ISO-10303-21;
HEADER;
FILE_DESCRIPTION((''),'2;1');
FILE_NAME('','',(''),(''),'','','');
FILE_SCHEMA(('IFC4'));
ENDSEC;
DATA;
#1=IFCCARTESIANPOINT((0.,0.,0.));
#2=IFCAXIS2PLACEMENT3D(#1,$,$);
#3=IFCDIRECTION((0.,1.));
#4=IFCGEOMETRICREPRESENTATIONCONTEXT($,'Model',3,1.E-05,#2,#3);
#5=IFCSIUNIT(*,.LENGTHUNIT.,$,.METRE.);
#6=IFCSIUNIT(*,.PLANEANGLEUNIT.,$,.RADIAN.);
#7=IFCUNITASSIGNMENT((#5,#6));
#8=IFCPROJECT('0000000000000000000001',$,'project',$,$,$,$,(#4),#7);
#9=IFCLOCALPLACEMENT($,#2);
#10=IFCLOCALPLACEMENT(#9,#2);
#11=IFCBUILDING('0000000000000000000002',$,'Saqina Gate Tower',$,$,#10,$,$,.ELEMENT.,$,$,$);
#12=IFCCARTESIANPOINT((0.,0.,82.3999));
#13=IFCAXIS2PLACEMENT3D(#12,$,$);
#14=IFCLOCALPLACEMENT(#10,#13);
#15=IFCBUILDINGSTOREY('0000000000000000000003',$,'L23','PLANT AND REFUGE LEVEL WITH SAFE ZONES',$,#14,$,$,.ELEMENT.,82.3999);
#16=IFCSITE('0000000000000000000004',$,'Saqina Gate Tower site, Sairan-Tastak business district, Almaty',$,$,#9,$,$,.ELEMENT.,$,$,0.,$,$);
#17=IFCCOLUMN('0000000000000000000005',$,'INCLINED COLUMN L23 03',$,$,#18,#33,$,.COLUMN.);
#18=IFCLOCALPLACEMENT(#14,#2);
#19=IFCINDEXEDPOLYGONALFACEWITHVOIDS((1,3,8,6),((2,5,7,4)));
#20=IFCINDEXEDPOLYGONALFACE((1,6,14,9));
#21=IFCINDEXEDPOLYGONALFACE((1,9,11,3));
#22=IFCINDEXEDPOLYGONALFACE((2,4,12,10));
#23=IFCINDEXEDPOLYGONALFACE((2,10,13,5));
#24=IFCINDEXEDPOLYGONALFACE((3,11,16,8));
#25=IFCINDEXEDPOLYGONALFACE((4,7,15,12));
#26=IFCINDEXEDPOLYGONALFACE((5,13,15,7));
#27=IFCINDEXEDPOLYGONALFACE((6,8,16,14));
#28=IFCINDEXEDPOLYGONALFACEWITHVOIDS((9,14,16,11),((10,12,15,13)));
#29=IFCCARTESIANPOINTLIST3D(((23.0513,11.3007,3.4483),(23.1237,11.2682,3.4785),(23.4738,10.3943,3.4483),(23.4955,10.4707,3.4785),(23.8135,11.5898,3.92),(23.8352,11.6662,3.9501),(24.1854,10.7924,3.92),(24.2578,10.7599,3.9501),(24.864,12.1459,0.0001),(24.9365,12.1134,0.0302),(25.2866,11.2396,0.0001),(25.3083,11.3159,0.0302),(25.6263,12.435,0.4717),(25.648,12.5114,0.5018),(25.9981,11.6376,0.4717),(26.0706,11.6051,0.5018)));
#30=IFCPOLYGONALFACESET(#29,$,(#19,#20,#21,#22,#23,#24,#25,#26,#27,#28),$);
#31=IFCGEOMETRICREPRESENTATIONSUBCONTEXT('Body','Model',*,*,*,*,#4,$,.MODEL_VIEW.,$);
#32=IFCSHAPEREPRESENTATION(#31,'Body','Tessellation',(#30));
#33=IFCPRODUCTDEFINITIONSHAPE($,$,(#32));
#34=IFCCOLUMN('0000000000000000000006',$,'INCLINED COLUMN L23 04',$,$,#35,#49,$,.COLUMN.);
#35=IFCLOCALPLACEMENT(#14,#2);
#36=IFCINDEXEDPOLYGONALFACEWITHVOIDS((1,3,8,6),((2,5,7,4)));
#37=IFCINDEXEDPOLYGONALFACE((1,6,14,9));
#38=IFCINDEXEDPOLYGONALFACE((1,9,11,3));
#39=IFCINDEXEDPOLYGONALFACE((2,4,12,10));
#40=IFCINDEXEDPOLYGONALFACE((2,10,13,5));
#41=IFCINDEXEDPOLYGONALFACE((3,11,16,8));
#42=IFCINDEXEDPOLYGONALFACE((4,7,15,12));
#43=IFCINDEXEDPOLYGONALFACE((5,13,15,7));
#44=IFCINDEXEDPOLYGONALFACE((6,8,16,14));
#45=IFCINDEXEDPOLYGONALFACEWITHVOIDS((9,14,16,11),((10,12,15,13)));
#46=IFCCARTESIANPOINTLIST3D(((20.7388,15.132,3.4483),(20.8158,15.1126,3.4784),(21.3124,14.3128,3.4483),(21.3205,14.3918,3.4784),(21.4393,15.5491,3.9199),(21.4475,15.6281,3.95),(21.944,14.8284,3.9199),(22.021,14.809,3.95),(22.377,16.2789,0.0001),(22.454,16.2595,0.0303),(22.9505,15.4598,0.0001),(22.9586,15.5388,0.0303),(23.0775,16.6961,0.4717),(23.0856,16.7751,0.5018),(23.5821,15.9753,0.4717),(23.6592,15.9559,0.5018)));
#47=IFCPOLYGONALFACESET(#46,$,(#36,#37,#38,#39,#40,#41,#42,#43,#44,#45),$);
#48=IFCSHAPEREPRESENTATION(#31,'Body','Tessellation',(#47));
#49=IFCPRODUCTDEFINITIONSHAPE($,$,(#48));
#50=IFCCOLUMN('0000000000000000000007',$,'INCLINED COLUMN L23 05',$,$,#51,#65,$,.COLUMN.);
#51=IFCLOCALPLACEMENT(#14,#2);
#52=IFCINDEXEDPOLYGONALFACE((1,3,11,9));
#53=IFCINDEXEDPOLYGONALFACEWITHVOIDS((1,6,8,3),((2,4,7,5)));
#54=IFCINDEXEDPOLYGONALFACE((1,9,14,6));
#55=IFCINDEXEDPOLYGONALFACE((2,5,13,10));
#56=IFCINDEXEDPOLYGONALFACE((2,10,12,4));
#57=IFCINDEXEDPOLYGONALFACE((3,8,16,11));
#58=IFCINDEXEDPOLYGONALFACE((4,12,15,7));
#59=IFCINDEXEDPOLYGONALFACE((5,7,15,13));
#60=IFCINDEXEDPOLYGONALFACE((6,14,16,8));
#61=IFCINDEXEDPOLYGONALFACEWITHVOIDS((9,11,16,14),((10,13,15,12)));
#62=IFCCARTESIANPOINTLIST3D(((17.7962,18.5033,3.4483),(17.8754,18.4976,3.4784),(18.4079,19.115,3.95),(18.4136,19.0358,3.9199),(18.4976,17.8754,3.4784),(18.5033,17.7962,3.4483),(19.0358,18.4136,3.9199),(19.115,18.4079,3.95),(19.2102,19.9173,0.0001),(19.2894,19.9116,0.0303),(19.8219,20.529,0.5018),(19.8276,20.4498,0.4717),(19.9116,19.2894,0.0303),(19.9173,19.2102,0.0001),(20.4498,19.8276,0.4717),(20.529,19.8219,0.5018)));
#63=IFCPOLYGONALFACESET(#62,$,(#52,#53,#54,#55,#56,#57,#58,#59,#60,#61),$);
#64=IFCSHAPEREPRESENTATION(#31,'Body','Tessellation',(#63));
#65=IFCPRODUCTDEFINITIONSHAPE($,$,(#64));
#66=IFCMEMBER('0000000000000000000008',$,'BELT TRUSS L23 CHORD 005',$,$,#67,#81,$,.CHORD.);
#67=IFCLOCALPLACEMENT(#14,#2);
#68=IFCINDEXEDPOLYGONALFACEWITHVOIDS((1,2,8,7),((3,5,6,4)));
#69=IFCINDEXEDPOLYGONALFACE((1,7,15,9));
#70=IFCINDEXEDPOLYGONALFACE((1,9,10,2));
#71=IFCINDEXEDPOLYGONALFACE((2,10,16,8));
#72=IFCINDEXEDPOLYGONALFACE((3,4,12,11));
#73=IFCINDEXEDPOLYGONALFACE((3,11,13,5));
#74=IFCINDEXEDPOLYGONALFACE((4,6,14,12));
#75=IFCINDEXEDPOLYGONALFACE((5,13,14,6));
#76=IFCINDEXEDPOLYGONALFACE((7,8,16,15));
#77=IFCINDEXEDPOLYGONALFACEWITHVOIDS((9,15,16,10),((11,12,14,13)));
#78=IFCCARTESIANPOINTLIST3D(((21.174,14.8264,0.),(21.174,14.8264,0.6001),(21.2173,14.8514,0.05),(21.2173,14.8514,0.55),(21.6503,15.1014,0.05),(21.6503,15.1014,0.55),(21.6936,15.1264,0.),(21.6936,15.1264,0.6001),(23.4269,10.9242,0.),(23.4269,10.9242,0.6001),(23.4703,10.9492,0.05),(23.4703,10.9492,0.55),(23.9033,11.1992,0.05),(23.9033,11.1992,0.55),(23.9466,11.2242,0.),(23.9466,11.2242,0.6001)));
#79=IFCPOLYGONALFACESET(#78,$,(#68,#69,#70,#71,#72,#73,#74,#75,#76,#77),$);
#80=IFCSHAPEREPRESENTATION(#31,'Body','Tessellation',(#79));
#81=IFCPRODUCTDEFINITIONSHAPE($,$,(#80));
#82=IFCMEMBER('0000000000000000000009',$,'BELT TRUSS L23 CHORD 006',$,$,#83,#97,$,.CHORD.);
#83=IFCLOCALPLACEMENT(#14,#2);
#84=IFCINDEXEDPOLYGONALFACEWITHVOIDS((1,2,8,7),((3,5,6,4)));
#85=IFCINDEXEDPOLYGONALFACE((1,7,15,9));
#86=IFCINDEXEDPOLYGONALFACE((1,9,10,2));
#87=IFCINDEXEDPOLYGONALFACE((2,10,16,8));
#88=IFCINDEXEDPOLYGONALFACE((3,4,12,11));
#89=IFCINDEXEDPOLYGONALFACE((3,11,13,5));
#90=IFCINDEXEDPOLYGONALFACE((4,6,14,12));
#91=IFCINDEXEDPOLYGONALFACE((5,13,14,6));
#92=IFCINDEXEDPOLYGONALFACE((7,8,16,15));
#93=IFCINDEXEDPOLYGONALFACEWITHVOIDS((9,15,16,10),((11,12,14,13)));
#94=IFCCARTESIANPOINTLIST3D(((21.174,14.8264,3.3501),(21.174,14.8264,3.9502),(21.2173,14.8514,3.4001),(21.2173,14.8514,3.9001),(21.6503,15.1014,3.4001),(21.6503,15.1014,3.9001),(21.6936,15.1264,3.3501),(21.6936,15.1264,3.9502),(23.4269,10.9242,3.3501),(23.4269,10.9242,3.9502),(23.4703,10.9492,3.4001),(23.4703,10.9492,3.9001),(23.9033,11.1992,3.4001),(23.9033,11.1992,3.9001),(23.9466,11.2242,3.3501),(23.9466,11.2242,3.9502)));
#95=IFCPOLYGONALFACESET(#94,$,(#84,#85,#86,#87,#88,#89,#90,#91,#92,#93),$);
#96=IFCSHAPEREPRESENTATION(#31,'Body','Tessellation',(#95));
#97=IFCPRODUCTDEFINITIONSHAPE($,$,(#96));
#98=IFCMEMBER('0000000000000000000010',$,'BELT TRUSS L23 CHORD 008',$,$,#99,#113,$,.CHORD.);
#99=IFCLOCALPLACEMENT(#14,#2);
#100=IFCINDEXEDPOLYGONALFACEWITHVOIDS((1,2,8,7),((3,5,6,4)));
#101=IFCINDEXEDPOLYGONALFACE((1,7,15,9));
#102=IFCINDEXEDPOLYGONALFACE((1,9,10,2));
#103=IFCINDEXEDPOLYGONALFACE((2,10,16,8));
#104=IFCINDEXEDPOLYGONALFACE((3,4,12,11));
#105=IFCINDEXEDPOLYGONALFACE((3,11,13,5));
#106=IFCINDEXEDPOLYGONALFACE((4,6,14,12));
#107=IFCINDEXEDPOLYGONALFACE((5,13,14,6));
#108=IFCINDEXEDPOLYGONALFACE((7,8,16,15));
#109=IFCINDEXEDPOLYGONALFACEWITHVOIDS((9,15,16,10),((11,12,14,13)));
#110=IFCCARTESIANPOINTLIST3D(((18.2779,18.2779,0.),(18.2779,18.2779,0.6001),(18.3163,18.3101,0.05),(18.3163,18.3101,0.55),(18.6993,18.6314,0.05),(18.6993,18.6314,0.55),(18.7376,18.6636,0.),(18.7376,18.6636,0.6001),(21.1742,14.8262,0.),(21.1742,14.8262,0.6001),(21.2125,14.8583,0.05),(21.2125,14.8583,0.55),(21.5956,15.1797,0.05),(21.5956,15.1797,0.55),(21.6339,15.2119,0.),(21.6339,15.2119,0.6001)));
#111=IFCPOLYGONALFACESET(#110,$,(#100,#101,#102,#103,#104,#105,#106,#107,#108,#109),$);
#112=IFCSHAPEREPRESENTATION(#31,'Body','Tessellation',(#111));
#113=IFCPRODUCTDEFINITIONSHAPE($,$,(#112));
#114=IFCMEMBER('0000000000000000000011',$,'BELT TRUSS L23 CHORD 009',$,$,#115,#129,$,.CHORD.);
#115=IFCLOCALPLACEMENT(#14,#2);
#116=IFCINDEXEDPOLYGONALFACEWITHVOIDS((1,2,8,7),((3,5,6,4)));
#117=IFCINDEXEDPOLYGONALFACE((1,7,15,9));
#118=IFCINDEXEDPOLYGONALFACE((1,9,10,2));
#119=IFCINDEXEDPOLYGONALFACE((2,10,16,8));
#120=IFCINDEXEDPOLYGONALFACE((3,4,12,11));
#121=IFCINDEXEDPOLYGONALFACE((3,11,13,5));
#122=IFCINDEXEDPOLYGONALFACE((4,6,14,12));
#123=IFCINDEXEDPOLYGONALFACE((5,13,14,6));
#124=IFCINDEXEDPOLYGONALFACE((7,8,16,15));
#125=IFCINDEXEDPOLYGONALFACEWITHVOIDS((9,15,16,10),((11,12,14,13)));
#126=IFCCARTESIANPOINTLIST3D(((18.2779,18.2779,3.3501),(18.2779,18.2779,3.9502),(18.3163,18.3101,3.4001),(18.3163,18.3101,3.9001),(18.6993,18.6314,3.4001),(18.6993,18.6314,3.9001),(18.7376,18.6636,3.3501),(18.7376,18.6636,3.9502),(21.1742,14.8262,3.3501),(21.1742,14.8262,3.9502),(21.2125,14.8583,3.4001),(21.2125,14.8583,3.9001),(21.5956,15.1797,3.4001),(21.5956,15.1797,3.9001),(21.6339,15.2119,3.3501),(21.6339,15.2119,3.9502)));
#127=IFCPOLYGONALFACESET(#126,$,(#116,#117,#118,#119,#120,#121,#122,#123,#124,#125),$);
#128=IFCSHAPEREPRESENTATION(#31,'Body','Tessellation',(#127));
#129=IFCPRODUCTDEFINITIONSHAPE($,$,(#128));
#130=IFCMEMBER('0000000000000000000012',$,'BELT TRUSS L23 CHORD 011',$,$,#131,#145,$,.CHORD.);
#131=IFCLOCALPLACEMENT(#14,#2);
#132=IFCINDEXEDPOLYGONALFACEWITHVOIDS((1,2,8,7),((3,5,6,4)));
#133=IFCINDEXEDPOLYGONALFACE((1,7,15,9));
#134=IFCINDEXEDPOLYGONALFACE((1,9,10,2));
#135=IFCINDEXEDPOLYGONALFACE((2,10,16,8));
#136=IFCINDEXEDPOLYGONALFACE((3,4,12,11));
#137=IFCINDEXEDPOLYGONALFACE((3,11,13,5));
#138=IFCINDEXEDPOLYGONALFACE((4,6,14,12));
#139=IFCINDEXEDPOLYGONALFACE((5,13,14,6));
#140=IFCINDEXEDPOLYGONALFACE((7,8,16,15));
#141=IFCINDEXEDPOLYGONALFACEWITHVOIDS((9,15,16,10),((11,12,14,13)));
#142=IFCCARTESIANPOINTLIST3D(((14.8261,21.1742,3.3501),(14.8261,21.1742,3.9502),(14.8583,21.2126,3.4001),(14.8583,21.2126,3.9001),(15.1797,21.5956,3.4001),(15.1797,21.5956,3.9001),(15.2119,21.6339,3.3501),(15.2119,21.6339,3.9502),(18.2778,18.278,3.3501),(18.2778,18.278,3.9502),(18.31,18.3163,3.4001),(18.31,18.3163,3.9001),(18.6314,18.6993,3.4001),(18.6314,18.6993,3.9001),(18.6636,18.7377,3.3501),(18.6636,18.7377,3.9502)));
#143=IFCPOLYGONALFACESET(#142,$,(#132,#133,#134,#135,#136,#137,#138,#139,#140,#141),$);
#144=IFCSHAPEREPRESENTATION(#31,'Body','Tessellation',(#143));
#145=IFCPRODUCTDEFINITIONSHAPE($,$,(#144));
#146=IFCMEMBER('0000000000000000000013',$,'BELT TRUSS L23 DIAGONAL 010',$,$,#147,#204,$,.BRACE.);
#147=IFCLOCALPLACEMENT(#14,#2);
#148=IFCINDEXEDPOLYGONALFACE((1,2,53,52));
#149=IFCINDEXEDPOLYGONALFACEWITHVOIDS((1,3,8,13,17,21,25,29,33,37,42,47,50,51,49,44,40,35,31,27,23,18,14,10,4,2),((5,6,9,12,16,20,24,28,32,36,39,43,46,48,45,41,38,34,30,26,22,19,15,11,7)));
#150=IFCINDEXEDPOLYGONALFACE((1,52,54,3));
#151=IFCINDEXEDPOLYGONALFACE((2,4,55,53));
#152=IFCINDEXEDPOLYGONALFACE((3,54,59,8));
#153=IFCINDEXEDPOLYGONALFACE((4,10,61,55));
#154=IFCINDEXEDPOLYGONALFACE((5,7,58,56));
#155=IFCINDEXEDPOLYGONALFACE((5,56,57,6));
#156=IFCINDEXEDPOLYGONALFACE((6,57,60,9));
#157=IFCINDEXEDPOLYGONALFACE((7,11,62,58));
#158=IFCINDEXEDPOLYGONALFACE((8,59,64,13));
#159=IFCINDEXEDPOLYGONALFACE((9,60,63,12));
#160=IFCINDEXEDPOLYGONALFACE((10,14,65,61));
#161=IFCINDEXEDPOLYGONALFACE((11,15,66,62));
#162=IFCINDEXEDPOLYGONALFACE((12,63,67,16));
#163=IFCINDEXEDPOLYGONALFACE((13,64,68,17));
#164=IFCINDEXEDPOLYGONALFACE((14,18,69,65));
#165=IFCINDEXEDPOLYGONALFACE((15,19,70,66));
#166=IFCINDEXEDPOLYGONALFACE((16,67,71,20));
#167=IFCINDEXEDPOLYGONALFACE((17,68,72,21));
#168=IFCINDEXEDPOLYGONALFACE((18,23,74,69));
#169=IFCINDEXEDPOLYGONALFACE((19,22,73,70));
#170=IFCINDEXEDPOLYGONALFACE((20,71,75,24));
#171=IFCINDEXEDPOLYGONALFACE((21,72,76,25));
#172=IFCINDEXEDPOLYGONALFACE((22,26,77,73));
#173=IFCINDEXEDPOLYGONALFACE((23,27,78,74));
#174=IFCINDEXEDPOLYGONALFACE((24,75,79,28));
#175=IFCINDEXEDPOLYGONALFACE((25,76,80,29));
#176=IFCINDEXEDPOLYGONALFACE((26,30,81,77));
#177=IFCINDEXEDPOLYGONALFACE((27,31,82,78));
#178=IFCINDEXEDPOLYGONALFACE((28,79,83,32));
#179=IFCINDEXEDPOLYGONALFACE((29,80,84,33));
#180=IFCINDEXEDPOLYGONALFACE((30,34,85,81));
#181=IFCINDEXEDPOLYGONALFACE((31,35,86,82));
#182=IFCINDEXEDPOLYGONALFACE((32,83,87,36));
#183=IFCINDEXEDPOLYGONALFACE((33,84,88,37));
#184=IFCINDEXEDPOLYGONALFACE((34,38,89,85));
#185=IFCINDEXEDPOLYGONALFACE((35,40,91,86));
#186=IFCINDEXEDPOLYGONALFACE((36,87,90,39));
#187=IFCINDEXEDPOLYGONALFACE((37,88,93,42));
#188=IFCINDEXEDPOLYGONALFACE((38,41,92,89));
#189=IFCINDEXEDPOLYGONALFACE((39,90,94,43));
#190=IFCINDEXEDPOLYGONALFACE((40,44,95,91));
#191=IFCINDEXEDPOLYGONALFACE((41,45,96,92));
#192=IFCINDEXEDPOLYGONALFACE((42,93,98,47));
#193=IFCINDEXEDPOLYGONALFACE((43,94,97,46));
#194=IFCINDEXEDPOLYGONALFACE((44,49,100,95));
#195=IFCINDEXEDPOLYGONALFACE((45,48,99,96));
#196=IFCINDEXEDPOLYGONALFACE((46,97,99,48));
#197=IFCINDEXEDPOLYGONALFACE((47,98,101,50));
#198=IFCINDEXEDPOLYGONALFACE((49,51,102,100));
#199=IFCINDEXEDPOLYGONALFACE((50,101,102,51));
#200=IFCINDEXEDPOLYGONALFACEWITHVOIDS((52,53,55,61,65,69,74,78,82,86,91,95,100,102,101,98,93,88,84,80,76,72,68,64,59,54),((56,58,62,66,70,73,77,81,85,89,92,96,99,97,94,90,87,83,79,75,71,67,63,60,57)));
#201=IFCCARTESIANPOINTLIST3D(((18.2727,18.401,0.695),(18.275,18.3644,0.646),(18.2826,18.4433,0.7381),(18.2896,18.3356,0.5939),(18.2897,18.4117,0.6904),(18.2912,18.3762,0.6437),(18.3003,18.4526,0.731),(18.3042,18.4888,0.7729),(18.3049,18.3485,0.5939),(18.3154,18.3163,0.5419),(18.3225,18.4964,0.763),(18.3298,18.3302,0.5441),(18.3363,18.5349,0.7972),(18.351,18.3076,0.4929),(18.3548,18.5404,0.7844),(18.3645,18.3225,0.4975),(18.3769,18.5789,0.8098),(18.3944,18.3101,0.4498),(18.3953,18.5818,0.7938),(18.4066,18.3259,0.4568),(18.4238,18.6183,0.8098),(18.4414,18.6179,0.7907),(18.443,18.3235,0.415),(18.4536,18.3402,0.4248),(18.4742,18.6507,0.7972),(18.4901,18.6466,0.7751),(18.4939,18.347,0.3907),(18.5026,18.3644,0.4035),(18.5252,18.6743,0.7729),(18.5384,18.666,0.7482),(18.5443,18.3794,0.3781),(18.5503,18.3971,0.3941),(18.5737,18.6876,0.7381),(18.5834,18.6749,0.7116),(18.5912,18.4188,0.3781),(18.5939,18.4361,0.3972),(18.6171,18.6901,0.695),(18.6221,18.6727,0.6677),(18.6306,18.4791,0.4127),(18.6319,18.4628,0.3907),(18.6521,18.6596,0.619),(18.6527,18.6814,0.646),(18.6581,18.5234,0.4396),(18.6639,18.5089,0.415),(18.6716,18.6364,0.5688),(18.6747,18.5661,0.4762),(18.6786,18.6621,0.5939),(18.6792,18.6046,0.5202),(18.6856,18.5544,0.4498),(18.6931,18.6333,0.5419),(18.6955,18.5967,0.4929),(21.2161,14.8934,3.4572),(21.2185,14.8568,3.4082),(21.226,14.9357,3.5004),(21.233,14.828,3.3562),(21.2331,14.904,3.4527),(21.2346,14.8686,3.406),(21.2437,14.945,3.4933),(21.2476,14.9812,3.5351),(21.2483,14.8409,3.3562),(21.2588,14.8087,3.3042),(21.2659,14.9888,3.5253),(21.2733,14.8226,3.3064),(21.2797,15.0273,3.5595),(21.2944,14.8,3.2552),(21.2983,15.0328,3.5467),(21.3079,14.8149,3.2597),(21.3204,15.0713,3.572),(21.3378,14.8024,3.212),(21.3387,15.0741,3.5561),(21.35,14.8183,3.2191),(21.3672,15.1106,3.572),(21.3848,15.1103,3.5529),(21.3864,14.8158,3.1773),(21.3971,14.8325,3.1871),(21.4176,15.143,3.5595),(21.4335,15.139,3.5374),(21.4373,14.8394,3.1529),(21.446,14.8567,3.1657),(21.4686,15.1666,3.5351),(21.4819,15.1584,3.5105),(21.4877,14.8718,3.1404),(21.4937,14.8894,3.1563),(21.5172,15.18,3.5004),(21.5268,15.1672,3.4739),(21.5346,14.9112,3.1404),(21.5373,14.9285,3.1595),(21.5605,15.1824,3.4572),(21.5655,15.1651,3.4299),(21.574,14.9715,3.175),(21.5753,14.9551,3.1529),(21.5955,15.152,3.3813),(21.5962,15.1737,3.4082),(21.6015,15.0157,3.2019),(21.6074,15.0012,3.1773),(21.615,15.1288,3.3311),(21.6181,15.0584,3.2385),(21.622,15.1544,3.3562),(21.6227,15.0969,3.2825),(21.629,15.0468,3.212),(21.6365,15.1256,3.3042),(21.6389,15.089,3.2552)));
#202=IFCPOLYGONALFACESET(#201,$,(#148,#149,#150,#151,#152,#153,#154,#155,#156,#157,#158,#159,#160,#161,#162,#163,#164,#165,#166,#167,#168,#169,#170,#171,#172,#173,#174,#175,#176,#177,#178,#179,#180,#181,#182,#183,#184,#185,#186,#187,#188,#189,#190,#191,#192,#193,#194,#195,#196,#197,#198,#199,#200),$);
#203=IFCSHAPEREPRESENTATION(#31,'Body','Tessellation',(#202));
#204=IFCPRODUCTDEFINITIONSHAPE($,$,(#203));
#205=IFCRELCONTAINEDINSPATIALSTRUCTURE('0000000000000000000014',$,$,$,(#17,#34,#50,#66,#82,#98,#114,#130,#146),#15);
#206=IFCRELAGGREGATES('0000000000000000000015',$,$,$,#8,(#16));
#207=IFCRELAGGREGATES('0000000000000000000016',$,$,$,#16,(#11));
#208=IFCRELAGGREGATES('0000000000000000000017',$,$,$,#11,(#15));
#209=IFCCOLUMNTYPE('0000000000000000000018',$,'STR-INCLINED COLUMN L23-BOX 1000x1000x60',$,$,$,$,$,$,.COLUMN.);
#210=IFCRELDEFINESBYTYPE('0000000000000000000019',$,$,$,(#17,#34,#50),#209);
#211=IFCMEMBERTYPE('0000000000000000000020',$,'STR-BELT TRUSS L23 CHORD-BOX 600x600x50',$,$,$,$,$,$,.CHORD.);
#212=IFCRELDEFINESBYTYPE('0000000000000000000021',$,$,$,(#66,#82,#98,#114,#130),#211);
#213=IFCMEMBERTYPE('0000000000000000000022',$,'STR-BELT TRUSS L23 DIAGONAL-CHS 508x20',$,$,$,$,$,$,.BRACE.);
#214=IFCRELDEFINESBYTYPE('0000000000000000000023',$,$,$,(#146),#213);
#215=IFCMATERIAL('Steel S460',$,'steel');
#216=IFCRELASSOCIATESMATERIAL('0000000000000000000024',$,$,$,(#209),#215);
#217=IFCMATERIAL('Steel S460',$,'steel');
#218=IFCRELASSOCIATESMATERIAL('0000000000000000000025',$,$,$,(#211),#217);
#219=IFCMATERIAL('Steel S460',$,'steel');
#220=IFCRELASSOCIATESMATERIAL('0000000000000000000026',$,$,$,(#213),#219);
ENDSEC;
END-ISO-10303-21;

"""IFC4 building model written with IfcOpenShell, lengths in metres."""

from ifc_helpers import new_model, si_unit, direction, frame, origin, origin_2d, place, context, subcontext, project, spatial, hollow_rectangle, hollow_circle, extrude, material, material_profile, profile_set, type_object, element, save


model = new_model("IFC4")

# Units and contexts
model_context = context("Model", 3, precision=1e-05, world=origin(), true_north=direction((0.0, 1.0)))
body_context = subcontext(model_context, "Body", "Model", "MODEL_VIEW")
ifc_project = project(units=[si_unit("LENGTHUNIT", "METRE"), si_unit("PLANEANGLEUNIT", "RADIAN")], contexts=[model_context])

# Site, building, storey
site_placement = place(None, origin())
site = spatial("IfcSite", under=ifc_project, at=site_placement, Name="Saqina Gate Tower site, Sairan-Tastak business district, Almaty", CompositionType="ELEMENT", RefElevation=0.0)
building_placement = place(site_placement, origin())
building = spatial("IfcBuilding", under=site, at=building_placement, Name="Saqina Gate Tower", CompositionType="ELEMENT")
storey_placement = place(building_placement, frame((0.0, 0.0, 82.3999)))
storey = spatial("IfcBuildingStorey", under=building, at=storey_placement, Name="L23", Description="PLANT AND REFUGE LEVEL WITH SAFE ZONES", CompositionType="ELEMENT", Elevation=82.3999)

# Columns
ifc_material_1 = material(Name="Steel S460", Category="steel")
ifc_material_profile_1 = material_profile(ifc_material_1, hollow_rectangle(XDim=1.0, YDim=1.0, WallThickness=0.0601, at=origin_2d()), Name="BOX 1000x1000x60")
ifc_profile_set_1 = profile_set([ifc_material_profile_1], Name="Steel S460")
column_type = type_object("IfcColumnType", Name="STR-INCLINED COLUMN L23-BOX 1000x1000x60", PredefinedType="COLUMN", material=ifc_profile_set_1)
column_placement = place(storey_placement, frame((25.4673, 11.8755, 0.251), z_axis=(-0.45474, -0.212028, 0.865017), x_axis=(0.422585, -0.906323, 0.0)))
element("IfcColumn", 1, at=column_placement, inside=storey, type_object=column_type, Name="INCLINED COLUMN L23 03", PredefinedType="COLUMN", context=body_context, shape_type="SweptSolid", body=[
    extrude(hollow_rectangle(XDim=1.0, YDim=1.0, WallThickness=0.0601, at=origin_2d()), origin(), (0.0, 0.0, 1.0), 3.9863),
])
for number, where, z_axis, x_axis, name in (
    (2, (23.0181, 16.1174, 0.251), (-0.410967, -0.287738, 0.865051), (0.573544, -0.819175, 0.0), "INCLINED COLUMN L23 04"),
    (3, (19.8696, 19.8696, 0.251), (-0.354742, -0.354742, 0.865052), (0.707107, -0.707107, 0.0), "INCLINED COLUMN L23 05"),
):
    element("IfcColumn", number, at=place(storey_placement, frame(where, z_axis=z_axis, x_axis=x_axis)), inside=storey, type_object=column_type, Name=name, PredefinedType="COLUMN", context=body_context, shape_type="SweptSolid", body=[
        extrude(hollow_rectangle(XDim=1.0, YDim=1.0, WallThickness=0.0601, at=origin_2d()), origin(), (0.0, 0.0, 1.0), 3.9861),
    ])

# Members
ifc_material_2 = material(Name="Steel S460", Category="steel")
ifc_material_profile_2 = material_profile(ifc_material_2, hollow_rectangle(XDim=0.6001, YDim=0.6001, WallThickness=0.05, at=origin_2d()), Name="BOX 600x600x50")
ifc_profile_set_2 = profile_set([ifc_material_profile_2], Name="Steel S460")
member_type_1 = type_object("IfcMemberType", Name="STR-BELT TRUSS L23 CHORD-BOX 600x600x50", PredefinedType="CHORD", material=ifc_profile_set_2)
for number, where, z_axis, x_axis, name in (
    (4, (23.6868, 11.0742, 0.3), (-0.500009, 0.86602, 0.0), (-0.86602, -0.500009, 0.0), "BELT TRUSS L23 CHORD 005"),
    (5, (23.6868, 11.0742, 3.6501), (-0.500009, 0.86602, 0.0), (-0.86602, -0.500009, 0.0), "BELT TRUSS L23 CHORD 006"),
    (6, (21.4041, 15.019, 0.3), (-0.642782, 0.76605, 0.0), (-0.76605, -0.642782, 0.0), "BELT TRUSS L23 CHORD 008"),
    (7, (21.4041, 15.019, 3.6501), (-0.642782, 0.76605, 0.0), (-0.76605, -0.642782, 0.0), "BELT TRUSS L23 CHORD 009"),
    (8, (18.4707, 18.5078, 3.6501), (-0.76605, 0.642782, 0.0), (-0.642782, -0.76605, 0.0), "BELT TRUSS L23 CHORD 011"),
):
    element("IfcMember", number, at=place(storey_placement, frame(where, z_axis=z_axis, x_axis=x_axis)), inside=storey, type_object=member_type_1, Name=name, PredefinedType="CHORD", context=body_context, shape_type="SweptSolid", body=[
        extrude(hollow_rectangle(XDim=0.6001, YDim=0.6001, WallThickness=0.05, at=origin_2d()), origin(), (0.0, 0.0, 1.0), 4.5059),
    ])
ifc_material_3 = material(Name="Steel S460", Category="steel")
ifc_material_profile_3 = material_profile(ifc_material_3, hollow_circle(Radius=0.2539, WallThickness=0.02, at=origin_2d()), Name="CHS 508x20")
ifc_profile_set_3 = profile_set([ifc_material_profile_3], Name="Steel S460")
member_type_2 = type_object("IfcMemberType", Name="STR-BELT TRUSS L23 DIAGONAL-CHS 508x20", PredefinedType="BRACE", material=ifc_profile_set_3)
member_1_placement = place(storey_placement, frame((21.4275, 14.9912, 3.3562), z_axis=(-0.550414, 0.655922, -0.516538), x_axis=(-0.766027, -0.642808, 0.0)))
element("IfcMember", 9, at=member_1_placement, inside=storey, type_object=member_type_2, Name="BELT TRUSS L23 DIAGONAL 010", PredefinedType="BRACE", context=body_context, shape_type="SweptSolid", body=[
    extrude(hollow_circle(Radius=0.2539, WallThickness=0.02, at=origin_2d()), origin(), (0.0, 0.0, 1.0), 5.3477),
])

save(model, "model.ifc")
